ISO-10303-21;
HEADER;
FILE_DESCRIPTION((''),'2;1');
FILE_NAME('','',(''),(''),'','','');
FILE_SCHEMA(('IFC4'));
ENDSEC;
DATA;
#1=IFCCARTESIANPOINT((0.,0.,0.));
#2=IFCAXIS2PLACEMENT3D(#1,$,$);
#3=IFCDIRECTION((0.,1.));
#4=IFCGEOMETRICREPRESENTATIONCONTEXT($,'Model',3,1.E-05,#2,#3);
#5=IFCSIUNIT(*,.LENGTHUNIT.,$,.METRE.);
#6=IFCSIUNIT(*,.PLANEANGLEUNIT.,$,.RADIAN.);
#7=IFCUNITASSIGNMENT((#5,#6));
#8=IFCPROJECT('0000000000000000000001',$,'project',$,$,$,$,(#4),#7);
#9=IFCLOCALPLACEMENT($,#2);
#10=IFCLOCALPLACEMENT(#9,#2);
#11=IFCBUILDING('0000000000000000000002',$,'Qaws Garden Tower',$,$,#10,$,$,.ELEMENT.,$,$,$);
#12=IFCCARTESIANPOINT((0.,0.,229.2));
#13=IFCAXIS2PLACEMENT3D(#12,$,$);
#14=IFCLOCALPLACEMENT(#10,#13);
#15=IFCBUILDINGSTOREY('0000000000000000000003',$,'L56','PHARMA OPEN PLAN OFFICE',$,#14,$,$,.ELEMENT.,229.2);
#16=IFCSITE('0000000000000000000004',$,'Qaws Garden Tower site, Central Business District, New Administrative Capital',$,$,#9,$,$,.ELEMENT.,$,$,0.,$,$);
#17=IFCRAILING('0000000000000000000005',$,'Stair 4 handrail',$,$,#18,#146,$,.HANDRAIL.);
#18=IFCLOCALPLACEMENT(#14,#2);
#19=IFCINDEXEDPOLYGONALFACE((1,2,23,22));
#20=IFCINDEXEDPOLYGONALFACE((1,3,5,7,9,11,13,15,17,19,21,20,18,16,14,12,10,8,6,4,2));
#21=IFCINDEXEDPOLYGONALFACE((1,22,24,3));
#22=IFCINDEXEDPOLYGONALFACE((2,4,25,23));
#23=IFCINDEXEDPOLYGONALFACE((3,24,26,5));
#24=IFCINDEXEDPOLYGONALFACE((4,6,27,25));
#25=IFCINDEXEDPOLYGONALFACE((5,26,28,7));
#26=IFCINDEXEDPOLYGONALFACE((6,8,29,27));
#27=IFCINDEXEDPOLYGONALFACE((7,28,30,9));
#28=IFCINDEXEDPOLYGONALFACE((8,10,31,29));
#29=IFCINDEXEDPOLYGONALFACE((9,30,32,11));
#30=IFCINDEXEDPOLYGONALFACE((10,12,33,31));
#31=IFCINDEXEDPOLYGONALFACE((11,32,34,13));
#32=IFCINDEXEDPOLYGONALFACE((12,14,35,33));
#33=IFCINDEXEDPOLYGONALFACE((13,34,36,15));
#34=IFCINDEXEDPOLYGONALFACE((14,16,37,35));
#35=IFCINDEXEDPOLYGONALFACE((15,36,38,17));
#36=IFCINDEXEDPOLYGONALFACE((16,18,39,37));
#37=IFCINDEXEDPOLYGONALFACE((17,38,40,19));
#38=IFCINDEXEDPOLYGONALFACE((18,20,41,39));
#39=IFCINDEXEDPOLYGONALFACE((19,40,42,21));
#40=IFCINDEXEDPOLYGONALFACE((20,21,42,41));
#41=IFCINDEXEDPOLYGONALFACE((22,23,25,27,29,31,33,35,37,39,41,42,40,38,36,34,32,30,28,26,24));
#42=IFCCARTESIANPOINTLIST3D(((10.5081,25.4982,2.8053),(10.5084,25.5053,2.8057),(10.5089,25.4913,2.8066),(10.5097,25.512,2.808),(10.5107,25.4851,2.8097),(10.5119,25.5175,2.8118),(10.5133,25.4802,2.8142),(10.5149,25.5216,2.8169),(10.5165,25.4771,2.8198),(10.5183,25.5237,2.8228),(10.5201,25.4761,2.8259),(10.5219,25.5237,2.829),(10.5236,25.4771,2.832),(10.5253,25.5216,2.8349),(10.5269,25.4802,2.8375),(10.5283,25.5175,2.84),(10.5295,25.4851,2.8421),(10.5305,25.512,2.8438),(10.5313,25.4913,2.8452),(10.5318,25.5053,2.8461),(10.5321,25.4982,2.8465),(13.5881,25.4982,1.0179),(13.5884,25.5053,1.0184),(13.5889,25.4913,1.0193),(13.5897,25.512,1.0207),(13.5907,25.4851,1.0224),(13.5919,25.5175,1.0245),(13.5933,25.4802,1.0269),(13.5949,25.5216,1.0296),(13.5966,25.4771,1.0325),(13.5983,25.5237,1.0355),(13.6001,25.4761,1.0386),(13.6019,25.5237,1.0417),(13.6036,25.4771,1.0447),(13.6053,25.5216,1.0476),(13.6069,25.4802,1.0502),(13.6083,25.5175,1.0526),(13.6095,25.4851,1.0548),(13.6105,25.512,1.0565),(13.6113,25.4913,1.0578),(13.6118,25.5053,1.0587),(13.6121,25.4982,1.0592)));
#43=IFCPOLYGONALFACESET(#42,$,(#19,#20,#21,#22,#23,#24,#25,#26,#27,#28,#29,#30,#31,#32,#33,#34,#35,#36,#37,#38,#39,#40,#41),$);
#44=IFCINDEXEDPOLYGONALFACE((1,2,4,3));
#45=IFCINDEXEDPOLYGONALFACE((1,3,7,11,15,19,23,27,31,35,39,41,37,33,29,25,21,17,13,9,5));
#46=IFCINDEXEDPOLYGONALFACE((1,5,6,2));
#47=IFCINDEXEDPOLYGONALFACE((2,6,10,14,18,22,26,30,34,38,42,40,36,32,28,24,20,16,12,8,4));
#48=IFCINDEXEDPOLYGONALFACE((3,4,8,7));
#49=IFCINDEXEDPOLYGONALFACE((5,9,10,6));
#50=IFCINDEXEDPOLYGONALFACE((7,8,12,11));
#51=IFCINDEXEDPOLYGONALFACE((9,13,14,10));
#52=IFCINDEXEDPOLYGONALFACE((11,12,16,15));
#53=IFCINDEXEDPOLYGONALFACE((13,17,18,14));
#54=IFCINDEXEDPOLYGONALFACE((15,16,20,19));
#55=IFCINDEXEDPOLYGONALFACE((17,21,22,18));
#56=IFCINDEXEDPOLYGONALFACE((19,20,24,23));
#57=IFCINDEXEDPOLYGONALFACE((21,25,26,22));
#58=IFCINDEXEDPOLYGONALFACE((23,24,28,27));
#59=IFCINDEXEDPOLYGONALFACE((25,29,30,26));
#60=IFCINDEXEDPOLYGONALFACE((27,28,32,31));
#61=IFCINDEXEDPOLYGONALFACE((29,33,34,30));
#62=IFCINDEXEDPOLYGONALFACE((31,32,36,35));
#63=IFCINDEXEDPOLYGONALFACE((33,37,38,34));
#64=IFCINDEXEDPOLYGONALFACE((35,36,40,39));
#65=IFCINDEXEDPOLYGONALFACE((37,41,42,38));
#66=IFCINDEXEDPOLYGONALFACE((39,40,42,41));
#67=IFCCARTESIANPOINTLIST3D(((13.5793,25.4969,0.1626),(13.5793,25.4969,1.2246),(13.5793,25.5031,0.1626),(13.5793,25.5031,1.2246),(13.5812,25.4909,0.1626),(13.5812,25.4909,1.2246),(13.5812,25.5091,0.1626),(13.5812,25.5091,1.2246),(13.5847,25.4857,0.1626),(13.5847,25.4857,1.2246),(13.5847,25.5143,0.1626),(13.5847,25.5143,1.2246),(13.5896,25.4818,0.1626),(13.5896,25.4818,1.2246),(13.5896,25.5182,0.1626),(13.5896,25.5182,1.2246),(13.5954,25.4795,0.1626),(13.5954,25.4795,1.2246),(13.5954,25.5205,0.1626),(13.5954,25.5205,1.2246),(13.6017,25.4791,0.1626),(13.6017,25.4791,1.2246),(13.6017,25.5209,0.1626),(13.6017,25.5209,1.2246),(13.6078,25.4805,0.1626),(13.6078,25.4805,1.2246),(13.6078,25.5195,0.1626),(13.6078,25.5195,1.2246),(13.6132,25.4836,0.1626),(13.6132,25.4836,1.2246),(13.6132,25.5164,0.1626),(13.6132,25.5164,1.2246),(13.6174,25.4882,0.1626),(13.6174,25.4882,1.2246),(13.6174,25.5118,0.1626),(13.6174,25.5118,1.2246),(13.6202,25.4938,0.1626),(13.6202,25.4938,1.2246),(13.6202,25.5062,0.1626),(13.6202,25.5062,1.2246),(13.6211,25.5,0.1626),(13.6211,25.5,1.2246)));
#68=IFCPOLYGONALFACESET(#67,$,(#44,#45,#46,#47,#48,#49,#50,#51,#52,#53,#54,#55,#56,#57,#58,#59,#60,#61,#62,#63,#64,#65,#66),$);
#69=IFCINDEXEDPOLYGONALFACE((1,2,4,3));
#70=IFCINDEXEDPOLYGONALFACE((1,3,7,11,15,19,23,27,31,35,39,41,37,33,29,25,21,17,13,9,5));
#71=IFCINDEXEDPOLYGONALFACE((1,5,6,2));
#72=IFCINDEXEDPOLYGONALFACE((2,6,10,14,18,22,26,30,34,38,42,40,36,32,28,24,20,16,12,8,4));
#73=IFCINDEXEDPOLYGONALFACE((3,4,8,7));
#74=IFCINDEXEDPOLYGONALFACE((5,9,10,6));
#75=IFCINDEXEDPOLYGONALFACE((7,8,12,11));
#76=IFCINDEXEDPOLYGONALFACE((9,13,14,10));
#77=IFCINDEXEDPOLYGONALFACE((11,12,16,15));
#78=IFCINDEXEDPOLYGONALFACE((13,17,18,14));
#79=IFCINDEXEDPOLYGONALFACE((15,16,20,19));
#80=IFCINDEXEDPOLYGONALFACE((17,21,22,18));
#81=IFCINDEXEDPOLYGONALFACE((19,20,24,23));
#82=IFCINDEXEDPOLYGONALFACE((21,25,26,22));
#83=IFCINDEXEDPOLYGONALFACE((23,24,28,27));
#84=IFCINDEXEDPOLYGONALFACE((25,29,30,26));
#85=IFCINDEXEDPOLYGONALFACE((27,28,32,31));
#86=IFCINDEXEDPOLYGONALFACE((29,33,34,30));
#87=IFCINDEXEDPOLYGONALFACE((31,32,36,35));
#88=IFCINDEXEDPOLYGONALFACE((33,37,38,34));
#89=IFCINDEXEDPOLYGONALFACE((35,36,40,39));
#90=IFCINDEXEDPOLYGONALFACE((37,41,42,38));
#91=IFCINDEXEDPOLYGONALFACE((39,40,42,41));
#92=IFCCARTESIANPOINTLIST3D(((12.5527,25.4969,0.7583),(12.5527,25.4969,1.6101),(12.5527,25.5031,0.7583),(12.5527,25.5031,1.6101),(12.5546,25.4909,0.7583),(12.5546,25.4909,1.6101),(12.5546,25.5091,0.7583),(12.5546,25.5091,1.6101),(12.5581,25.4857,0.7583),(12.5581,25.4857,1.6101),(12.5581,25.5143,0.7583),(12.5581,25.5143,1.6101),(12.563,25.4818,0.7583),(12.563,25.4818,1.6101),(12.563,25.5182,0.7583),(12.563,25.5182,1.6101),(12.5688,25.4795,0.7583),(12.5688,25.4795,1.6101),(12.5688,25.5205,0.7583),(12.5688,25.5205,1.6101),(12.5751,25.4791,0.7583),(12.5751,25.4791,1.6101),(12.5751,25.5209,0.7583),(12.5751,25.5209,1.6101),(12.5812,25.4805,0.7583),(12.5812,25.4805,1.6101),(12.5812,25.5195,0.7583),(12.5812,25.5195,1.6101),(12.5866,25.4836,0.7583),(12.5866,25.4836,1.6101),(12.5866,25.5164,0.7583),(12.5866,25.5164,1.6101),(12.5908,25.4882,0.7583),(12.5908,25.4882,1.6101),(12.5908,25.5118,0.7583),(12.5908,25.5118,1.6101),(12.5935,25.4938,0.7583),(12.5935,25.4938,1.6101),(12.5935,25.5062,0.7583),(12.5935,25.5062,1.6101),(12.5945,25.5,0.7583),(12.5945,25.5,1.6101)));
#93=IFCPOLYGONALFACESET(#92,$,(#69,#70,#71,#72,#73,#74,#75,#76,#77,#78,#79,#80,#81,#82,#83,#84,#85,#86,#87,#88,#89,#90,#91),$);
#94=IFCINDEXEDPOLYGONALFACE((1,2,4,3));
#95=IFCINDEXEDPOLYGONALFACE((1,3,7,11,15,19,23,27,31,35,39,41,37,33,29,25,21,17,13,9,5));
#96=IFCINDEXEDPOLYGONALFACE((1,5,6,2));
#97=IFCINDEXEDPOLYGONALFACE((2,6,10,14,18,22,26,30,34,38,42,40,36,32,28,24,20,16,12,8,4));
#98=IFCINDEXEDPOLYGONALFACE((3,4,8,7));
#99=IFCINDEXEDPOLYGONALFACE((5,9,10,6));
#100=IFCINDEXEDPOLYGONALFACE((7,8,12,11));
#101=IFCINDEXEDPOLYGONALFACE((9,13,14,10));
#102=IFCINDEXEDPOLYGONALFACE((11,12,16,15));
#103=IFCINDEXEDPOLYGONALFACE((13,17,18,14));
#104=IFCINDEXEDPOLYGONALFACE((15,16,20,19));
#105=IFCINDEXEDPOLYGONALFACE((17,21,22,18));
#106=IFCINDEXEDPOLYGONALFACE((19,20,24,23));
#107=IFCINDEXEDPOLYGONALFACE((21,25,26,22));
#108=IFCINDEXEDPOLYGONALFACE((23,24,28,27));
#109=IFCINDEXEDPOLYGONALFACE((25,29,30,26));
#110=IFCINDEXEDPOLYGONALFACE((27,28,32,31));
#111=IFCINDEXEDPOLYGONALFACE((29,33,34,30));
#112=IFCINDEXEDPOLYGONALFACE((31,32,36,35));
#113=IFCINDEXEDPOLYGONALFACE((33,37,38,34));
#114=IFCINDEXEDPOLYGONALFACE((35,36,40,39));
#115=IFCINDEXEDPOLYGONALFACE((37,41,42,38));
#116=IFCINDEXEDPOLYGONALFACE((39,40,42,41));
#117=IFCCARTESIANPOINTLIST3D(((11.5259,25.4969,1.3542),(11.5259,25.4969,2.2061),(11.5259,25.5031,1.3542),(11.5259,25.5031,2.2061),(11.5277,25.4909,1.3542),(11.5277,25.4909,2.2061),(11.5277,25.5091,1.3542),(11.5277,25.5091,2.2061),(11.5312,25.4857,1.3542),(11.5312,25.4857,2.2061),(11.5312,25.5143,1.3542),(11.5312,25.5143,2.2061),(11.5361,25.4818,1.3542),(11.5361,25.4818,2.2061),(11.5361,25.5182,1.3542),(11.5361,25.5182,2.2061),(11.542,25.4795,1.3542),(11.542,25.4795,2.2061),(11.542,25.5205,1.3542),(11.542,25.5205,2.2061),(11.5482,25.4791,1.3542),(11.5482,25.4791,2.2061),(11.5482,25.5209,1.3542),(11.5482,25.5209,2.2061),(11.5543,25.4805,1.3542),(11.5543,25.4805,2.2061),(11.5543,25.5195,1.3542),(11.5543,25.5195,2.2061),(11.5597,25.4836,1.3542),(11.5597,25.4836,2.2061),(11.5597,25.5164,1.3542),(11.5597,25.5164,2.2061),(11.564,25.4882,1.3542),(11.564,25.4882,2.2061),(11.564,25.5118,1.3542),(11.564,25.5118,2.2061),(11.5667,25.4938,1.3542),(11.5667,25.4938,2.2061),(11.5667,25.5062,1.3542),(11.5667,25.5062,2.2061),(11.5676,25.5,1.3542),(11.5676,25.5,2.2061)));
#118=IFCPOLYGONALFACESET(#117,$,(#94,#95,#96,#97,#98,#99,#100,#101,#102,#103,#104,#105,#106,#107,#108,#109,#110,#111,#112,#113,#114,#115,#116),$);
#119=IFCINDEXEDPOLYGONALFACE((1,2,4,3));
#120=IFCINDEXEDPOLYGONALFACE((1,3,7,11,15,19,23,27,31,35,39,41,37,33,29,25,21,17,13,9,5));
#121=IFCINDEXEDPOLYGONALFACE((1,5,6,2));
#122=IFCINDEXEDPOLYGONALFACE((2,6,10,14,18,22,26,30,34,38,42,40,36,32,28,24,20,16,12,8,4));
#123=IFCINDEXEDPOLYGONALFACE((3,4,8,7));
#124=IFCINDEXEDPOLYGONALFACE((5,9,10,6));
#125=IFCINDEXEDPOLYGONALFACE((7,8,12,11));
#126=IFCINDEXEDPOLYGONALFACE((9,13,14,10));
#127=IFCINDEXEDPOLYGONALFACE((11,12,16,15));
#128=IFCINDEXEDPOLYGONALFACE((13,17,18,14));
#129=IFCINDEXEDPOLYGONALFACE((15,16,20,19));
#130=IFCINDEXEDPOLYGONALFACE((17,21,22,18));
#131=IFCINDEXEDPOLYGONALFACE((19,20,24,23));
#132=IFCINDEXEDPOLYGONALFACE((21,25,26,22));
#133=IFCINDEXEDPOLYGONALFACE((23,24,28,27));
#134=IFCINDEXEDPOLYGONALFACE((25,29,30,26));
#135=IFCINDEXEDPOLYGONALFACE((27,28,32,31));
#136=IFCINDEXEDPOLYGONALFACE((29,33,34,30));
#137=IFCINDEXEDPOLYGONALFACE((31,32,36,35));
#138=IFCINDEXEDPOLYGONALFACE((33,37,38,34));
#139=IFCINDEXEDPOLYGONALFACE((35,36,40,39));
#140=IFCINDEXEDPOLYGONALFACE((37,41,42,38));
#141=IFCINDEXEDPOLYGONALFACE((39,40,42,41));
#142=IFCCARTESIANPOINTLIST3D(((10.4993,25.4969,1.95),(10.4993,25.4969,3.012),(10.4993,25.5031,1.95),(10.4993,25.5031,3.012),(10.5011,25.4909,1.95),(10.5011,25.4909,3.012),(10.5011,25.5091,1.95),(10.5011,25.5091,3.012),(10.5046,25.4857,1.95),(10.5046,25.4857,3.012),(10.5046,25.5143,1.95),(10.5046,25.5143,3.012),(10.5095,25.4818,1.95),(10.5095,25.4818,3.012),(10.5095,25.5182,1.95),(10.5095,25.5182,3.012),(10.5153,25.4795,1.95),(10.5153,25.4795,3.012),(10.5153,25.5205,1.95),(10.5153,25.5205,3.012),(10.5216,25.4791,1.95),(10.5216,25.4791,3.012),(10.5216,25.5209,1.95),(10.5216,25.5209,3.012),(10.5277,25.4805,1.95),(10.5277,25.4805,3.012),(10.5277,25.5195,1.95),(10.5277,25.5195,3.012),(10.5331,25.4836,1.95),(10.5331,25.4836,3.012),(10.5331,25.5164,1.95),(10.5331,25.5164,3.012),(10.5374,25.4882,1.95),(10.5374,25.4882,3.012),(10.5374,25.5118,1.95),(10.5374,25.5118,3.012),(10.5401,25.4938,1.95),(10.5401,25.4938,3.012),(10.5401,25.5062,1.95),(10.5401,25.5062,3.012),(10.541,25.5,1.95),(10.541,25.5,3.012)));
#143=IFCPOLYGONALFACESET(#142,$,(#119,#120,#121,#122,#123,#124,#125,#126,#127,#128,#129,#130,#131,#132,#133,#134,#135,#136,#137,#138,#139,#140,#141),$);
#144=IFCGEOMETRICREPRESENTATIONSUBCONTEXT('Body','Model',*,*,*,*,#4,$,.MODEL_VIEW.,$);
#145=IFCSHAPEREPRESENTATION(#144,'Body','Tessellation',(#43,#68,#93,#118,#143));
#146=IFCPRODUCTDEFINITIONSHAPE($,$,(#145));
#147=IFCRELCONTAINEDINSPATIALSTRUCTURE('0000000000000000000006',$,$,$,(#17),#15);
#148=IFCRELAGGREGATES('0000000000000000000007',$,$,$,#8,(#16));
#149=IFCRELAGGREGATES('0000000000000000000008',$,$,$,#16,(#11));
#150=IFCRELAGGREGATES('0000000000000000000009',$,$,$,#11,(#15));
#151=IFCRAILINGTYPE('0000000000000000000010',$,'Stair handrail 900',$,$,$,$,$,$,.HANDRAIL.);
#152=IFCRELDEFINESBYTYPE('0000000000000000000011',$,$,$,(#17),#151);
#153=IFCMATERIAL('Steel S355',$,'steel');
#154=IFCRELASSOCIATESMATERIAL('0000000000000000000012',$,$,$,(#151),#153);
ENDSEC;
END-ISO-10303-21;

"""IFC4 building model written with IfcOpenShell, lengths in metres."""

from ifc_helpers import new_model, si_unit, direction, frame, origin, origin_2d, place, context, subcontext, project, spatial, circle, extrude, material, type_object, element, save


model = new_model("IFC4")

# Units and contexts
model_context = context("Model", 3, precision=1e-05, world=origin(), true_north=direction((0.0, 1.0)))
body_context = subcontext(model_context, "Body", "Model", "MODEL_VIEW")
ifc_project = project(units=[si_unit("LENGTHUNIT", "METRE"), si_unit("PLANEANGLEUNIT", "RADIAN")], contexts=[model_context])

# Site, building, storey
site_placement = place(None, origin())
site = spatial("IfcSite", under=ifc_project, at=site_placement, Name="Qaws Garden Tower site, Central Business District, New Administrative Capital", CompositionType="ELEMENT", RefElevation=0.0)
building_placement = place(site_placement, origin())
building = spatial("IfcBuilding", under=site, at=building_placement, Name="Qaws Garden Tower", CompositionType="ELEMENT")
storey_placement = place(building_placement, frame((0.0, 0.0, 229.2)))
storey = spatial("IfcBuildingStorey", under=building, at=storey_placement, Name="L56", Description="PHARMA OPEN PLAN OFFICE", CompositionType="ELEMENT", Elevation=229.2)

# Railing
ifc_material_1 = material(Name="Steel S355", Category="steel")
railing_type = type_object("IfcRailingType", Name="Stair handrail 900", PredefinedType="HANDRAIL", material=ifc_material_1)
railing_1_placement = place(storey_placement, frame((13.6001, 25.5, 0.1626)))
element("IfcRailing", 1, at=railing_1_placement, inside=storey, type_object=railing_type, Name="Stair 4 handrail", PredefinedType="HANDRAIL", context=body_context, shape_type="SweptSolid", body=[
    extrude(circle(Radius=0.0239, at=origin_2d()), frame((0.0, 0.0, 0.876), z_axis=(-0.86492, 0.0, 0.501909), x_axis=(0.0, -1.0, 0.0)), (0.0, 0.0, 1.0), 3.561),
    extrude(circle(Radius=0.021, at=origin_2d()), origin(), (0.0, 0.0, 1.0), 1.062),
    extrude(circle(Radius=0.021, at=origin_2d()), frame((-1.0266, 0.0, 0.5957)), (0.0, 0.0, 1.0), 0.8518),
    extrude(circle(Radius=0.021, at=origin_2d()), frame((-2.0535, 0.0, 1.1917)), (0.0, 0.0, 1.0), 0.8518),
    extrude(circle(Radius=0.021, at=origin_2d()), frame((-3.0801, 0.0, 1.7874)), (0.0, 0.0, 1.0), 1.062),
])

save(model, "model.ifc")
